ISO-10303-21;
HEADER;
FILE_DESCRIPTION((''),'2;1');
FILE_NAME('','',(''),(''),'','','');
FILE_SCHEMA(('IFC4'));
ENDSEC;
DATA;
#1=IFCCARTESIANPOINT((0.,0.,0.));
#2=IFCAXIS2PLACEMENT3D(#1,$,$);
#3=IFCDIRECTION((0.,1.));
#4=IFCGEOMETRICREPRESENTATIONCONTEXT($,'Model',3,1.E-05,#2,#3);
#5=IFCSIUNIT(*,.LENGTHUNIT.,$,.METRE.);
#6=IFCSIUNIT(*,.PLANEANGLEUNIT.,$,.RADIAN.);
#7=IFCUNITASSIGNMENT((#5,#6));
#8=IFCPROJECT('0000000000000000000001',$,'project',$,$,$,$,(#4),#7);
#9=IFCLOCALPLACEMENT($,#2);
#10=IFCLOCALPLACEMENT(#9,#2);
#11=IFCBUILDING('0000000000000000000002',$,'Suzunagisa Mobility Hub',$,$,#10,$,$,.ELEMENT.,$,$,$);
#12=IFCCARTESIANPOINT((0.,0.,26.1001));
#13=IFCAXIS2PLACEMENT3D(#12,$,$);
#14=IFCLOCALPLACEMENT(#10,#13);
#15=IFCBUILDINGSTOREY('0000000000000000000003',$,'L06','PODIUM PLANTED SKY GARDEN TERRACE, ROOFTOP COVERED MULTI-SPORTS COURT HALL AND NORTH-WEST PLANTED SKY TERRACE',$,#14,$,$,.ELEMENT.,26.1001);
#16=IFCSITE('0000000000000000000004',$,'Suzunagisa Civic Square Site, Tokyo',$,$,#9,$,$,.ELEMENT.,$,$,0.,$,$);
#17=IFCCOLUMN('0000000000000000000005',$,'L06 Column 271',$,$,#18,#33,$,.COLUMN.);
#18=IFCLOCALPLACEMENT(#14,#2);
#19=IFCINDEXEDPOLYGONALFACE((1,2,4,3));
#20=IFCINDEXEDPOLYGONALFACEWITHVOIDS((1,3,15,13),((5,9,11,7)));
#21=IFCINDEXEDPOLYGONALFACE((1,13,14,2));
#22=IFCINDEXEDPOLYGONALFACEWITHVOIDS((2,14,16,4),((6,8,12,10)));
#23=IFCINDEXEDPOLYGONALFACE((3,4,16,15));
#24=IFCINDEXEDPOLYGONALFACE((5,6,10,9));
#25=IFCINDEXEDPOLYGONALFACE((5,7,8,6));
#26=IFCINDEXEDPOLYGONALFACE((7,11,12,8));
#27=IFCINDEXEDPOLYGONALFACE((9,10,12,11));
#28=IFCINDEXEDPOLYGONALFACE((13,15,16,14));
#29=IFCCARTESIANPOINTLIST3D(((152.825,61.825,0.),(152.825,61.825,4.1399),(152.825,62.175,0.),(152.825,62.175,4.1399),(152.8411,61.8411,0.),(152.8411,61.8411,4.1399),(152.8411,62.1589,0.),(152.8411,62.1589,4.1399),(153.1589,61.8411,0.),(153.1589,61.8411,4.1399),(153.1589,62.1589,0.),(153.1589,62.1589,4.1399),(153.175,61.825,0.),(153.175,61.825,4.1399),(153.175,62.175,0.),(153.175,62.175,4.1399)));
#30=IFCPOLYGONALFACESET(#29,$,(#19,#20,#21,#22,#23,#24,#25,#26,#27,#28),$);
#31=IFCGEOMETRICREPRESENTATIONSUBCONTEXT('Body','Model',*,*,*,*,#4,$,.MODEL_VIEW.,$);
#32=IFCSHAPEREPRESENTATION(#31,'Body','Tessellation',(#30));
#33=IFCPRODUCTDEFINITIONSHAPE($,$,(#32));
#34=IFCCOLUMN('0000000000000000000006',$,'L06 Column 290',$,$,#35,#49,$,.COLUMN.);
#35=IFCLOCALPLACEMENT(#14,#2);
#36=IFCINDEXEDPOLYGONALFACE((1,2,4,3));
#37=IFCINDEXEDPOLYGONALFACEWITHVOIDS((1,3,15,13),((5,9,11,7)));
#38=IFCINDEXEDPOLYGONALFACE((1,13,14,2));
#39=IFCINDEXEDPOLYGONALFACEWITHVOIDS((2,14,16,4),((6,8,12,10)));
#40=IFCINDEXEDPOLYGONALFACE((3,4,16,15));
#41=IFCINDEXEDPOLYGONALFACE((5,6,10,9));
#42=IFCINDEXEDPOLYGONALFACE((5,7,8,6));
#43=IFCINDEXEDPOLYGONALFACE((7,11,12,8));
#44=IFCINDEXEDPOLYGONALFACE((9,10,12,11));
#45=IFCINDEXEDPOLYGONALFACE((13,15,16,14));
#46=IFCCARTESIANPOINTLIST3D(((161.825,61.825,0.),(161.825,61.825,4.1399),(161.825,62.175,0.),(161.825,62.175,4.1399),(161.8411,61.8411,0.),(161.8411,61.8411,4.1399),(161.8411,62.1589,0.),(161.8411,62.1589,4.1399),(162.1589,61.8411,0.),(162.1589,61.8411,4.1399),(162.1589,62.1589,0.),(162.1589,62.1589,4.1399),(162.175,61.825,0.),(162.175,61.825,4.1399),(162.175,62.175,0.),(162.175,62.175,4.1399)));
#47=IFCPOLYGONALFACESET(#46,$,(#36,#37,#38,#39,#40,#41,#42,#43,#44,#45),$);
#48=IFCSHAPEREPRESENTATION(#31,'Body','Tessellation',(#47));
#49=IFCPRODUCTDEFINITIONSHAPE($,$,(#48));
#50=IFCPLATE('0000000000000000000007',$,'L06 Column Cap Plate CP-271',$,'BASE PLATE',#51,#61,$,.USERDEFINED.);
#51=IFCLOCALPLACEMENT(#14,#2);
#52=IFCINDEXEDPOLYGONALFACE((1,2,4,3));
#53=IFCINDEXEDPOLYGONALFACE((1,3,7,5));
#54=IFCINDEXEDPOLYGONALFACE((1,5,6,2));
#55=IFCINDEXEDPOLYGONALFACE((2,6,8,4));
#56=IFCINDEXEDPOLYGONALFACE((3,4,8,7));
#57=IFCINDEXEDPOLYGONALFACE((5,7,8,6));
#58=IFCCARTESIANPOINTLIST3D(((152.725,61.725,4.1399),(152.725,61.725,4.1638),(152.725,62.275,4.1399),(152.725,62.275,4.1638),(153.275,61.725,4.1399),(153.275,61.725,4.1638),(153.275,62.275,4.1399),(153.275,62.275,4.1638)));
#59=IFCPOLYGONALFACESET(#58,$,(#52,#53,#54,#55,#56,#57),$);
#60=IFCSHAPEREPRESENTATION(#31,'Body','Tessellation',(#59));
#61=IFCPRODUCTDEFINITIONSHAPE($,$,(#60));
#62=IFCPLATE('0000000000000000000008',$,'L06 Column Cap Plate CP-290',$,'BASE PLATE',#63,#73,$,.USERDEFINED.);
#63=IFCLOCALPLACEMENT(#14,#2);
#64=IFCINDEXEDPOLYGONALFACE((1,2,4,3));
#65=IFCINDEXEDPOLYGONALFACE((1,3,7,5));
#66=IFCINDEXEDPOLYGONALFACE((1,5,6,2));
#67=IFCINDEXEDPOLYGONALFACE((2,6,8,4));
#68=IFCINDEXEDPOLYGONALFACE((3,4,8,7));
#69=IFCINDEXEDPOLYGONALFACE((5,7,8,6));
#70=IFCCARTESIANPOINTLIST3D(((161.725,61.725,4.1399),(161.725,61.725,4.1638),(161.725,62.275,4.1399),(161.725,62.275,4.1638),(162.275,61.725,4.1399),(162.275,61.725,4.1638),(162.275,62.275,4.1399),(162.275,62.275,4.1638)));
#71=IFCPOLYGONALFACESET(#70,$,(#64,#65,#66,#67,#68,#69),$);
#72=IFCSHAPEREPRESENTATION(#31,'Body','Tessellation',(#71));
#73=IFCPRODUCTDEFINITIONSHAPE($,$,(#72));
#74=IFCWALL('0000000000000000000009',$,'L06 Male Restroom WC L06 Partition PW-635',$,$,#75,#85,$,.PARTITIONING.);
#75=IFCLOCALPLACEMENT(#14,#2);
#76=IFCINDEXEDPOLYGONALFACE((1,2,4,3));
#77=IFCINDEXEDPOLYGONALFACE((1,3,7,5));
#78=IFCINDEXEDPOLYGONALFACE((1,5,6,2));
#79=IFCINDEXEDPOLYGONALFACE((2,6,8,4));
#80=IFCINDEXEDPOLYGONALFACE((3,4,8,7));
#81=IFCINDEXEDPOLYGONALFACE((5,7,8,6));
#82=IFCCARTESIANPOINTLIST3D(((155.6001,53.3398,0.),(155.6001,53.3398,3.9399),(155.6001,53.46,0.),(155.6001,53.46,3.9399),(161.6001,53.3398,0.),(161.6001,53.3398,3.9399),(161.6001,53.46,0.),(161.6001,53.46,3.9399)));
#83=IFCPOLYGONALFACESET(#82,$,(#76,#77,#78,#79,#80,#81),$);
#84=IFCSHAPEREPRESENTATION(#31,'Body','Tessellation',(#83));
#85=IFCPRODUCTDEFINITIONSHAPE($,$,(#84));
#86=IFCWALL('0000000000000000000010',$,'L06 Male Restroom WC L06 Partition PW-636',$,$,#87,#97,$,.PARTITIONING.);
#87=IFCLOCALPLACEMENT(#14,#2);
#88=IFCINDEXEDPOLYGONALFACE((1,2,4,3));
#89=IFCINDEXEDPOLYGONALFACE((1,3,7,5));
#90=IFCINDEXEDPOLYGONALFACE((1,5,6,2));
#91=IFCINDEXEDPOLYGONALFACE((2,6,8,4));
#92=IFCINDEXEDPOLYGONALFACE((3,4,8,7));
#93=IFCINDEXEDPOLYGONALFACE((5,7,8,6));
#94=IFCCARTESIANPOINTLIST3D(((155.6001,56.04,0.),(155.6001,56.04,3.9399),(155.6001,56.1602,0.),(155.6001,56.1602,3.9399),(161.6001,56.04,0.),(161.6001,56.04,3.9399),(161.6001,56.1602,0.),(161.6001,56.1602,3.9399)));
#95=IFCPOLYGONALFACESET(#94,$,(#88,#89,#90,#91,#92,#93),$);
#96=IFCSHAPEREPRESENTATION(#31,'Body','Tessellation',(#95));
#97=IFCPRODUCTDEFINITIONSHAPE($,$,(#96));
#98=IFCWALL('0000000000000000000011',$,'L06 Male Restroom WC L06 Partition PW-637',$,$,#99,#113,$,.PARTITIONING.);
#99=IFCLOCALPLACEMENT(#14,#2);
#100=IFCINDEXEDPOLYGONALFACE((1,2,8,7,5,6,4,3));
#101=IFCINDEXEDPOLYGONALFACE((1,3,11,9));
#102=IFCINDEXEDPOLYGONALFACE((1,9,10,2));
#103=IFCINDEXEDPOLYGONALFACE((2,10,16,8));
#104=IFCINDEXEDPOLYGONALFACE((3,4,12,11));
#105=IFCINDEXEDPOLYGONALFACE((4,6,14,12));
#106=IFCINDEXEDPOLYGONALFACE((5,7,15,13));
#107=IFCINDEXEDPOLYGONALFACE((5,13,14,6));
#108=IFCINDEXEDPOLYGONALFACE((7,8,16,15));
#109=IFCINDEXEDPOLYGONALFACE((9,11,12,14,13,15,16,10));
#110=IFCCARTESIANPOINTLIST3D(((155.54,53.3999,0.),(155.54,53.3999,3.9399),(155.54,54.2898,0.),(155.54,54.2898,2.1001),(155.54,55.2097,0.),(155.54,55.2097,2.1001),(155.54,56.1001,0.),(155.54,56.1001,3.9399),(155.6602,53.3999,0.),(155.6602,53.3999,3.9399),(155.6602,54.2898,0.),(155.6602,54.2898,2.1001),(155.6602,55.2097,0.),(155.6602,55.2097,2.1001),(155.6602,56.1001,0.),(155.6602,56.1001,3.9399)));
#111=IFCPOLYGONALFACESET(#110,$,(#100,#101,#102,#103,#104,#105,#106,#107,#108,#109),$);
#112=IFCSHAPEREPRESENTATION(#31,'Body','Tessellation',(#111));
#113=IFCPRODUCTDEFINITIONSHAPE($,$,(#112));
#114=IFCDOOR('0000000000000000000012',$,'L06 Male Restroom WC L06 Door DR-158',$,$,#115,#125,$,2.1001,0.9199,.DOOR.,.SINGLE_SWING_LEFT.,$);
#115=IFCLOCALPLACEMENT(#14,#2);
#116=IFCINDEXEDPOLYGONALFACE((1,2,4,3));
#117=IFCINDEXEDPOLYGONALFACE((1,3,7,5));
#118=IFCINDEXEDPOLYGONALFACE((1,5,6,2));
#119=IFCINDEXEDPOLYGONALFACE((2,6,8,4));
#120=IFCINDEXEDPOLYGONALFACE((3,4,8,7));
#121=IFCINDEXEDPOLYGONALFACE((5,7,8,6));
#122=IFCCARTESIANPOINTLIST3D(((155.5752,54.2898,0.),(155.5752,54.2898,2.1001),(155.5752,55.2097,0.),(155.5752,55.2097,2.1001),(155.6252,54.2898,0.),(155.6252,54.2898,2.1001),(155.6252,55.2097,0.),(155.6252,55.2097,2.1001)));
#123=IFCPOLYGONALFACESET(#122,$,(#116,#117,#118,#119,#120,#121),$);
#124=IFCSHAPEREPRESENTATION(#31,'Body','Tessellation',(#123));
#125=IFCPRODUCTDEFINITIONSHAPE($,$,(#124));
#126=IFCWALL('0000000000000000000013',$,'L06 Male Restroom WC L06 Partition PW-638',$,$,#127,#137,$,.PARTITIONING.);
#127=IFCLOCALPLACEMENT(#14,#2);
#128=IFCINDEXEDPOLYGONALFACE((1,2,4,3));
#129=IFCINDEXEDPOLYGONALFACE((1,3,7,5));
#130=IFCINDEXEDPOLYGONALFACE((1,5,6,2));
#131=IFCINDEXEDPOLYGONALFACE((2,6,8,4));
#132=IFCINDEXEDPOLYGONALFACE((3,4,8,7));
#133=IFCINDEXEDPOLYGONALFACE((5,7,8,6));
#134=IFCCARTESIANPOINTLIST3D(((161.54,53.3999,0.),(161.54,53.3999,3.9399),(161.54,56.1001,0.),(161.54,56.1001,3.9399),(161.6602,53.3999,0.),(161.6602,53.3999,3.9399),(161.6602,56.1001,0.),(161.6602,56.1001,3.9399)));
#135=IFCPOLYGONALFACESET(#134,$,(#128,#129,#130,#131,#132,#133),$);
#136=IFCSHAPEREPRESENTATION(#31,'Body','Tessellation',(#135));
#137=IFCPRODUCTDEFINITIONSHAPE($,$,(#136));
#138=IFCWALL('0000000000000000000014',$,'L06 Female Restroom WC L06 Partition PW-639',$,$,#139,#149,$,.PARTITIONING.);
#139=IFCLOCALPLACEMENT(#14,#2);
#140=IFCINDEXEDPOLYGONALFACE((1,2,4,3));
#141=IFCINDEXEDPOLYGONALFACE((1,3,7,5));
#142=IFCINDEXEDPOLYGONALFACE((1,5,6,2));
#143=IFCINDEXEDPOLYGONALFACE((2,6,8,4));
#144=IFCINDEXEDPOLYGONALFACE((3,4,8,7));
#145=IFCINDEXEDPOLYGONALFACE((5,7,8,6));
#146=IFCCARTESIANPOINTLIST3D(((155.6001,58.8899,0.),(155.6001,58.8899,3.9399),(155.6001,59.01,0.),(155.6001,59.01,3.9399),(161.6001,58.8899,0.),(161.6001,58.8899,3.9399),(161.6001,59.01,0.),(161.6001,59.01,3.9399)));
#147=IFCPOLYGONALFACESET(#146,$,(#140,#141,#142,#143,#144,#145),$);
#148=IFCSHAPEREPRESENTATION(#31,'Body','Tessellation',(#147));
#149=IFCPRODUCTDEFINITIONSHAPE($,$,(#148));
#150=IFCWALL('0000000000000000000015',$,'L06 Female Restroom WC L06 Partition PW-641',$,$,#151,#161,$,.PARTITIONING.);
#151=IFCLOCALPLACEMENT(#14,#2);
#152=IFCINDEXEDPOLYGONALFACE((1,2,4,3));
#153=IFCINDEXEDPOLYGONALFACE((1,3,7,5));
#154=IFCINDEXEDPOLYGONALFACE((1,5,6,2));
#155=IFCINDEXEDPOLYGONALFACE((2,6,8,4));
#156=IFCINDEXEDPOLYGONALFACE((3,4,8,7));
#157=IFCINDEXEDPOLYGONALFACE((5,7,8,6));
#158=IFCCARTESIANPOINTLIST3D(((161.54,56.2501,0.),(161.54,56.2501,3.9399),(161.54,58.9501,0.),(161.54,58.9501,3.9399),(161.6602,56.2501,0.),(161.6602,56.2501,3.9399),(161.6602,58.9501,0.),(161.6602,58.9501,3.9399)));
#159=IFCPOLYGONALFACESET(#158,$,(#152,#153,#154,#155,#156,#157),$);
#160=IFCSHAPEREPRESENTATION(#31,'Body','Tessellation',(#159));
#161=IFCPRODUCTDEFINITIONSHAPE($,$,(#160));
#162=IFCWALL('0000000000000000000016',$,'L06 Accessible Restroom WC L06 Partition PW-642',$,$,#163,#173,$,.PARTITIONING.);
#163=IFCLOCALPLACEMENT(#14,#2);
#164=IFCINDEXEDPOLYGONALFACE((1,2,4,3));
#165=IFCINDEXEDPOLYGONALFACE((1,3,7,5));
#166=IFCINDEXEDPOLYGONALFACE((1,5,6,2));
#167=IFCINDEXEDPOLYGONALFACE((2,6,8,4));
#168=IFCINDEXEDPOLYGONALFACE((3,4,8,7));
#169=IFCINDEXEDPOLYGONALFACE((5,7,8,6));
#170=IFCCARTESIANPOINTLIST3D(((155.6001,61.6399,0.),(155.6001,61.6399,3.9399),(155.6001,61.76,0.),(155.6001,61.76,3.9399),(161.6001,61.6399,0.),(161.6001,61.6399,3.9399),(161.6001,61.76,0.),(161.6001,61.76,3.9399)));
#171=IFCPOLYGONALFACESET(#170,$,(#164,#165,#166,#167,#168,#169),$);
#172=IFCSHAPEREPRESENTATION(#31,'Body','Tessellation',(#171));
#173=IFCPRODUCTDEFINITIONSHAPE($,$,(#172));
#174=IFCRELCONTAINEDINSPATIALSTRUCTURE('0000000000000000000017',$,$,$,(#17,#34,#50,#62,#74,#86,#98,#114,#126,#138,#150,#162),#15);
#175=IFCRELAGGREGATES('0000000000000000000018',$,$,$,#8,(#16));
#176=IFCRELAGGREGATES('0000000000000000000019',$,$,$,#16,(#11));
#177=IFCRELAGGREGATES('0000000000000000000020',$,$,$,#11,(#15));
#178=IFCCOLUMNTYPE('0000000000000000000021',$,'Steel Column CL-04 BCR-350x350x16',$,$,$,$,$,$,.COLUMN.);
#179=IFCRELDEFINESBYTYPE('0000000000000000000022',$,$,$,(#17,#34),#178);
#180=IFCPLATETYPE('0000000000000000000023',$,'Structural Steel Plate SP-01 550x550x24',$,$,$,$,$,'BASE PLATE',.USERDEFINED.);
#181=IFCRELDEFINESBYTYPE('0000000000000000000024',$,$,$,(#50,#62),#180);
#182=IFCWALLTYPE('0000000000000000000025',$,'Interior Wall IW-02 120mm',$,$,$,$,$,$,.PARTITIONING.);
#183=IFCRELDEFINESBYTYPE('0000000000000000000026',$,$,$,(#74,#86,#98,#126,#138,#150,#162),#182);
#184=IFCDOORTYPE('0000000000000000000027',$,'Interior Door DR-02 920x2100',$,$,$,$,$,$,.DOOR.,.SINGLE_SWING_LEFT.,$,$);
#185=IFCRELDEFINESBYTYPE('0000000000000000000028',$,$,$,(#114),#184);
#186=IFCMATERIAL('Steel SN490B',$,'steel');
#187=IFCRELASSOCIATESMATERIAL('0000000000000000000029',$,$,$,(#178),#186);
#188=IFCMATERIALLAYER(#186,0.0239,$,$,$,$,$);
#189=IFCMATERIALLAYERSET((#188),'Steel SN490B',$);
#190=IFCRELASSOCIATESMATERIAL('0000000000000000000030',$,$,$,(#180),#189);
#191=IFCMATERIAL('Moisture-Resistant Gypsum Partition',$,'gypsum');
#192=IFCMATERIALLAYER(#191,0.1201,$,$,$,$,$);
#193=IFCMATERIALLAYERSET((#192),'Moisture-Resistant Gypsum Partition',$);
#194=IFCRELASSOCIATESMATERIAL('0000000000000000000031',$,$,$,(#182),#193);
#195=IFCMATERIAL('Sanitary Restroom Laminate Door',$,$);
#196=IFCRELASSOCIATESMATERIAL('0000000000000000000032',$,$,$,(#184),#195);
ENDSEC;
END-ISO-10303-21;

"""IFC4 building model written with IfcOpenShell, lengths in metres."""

from ifc_helpers import new_model, si_unit, direction, frame, frame_2d, origin, origin_2d, place, context, subcontext, project, spatial, rectangle, hollow_rectangle, extrude, material, layer, layer_set, material_profile, profile_set, type_object, element, fill, save


model = new_model("IFC4")

# Units and contexts
model_context = context("Model", 3, precision=1e-05, world=origin(), true_north=direction((0.0, 1.0)))
body_context = subcontext(model_context, "Body", "Model", "MODEL_VIEW")
ifc_project = project(units=[si_unit("LENGTHUNIT", "METRE"), si_unit("PLANEANGLEUNIT", "RADIAN")], contexts=[model_context])

# Site, building, storey
site_placement = place(None, origin())
site = spatial("IfcSite", under=ifc_project, at=site_placement, Name="Suzunagisa Civic Square Site, Tokyo", CompositionType="ELEMENT", RefElevation=0.0)
building_placement = place(site_placement, origin())
building = spatial("IfcBuilding", under=site, at=building_placement, Name="Suzunagisa Mobility Hub", CompositionType="ELEMENT")
storey_placement = place(building_placement, frame((0.0, 0.0, 26.1001)))
storey = spatial("IfcBuildingStorey", under=building, at=storey_placement, Name="L06", Description="PODIUM PLANTED SKY GARDEN TERRACE, ROOFTOP COVERED MULTI-SPORTS COURT HALL AND NORTH-WEST PLANTED SKY TERRACE", CompositionType="ELEMENT", Elevation=26.1001)

# Columns
ifc_material_1 = material(Name="Steel SN490B", Category="steel")
ifc_material_profile = material_profile(ifc_material_1, hollow_rectangle(XDim=0.3501, YDim=0.3501, WallThickness=0.0161, at=origin_2d()), Name="BCR-350x350x16")
ifc_profile_set = profile_set([ifc_material_profile], Name="Steel SN490B")
column_type = type_object("IfcColumnType", Name="Steel Column CL-04 BCR-350x350x16", PredefinedType="COLUMN", material=ifc_profile_set)
for number, where, z_axis, x_axis, name in (
    (1, (153.0, 62.0, 0.0), (0.0, 0.0, 1.0), (1.0, 0.0, 0.0), "L06 Column 271"),
    (2, (162.0, 62.0, 0.0), (0.0, 0.0, 1.0), (1.0, 0.0, 0.0), "L06 Column 290"),
):
    element("IfcColumn", number, at=place(storey_placement, frame(where, z_axis=z_axis, x_axis=x_axis)), inside=storey, type_object=column_type, Name=name, PredefinedType="COLUMN", context=body_context, shape_type="SweptSolid", body=[
        extrude(hollow_rectangle(XDim=0.3501, YDim=0.3501, WallThickness=0.0161, at=origin_2d()), origin(), (0.0, 0.0, 1.0), 4.1399),
    ])

# Plates
ifc_layer_1 = layer(ifc_material_1, 0.0239)
ifc_layer_set_1 = layer_set([ifc_layer_1], Name="Steel SN490B")
plate_type = type_object("IfcPlateType", Name="Structural Steel Plate SP-01 550x550x24", ElementType="BASE PLATE", PredefinedType="USERDEFINED", material=ifc_layer_set_1)
for number, where, z_axis, x_axis, name in (
    (3, (153.0, 62.0, 4.1399), (0.0, 0.0, 1.0), (1.0, 0.0, 0.0), "L06 Column Cap Plate CP-271"),
    (4, (162.0, 62.0, 4.1399), (0.0, 0.0, 1.0), (1.0, 0.0, 0.0), "L06 Column Cap Plate CP-290"),
):
    element("IfcPlate", number, at=place(storey_placement, frame(where, z_axis=z_axis, x_axis=x_axis)), inside=storey, type_object=plate_type, Name=name, ObjectType="BASE PLATE", PredefinedType="USERDEFINED", context=body_context, shape_type="SweptSolid", body=[
        extrude(rectangle(XDim=0.55, YDim=0.55, at=origin_2d()), origin(), (0.0, 0.0, 1.0), 0.0239),
    ])

# Walls
ifc_material_2 = material(Name="Moisture-Resistant Gypsum Partition", Category="gypsum")
ifc_layer_2 = layer(ifc_material_2, 0.1201)
ifc_layer_set_2 = layer_set([ifc_layer_2], Name="Moisture-Resistant Gypsum Partition")
wall_type_1 = type_object("IfcWallType", Name="Interior Wall IW-02 120mm", PredefinedType="PARTITIONING", material=ifc_layer_set_2)
for number, where, z_axis, x_axis, name in (
    (5, (155.6001, 53.3999, 0.0), (0.0, 0.0, 1.0), (1.0, 0.0, 0.0), "L06 Male Restroom WC L06 Partition PW-635"),
    (6, (155.6001, 56.1001, 0.0), (0.0, 0.0, 1.0), (1.0, 0.0, 0.0), "L06 Male Restroom WC L06 Partition PW-636"),
):
    element("IfcWall", number, at=place(storey_placement, frame(where, z_axis=z_axis, x_axis=x_axis)), inside=storey, type_object=wall_type_1, Name=name, PredefinedType="PARTITIONING", context=body_context, shape_type="SweptSolid", body=[
        extrude(rectangle(XDim=6.0, YDim=0.1201, at=frame_2d((3.0, 0.0))), origin(), (0.0, 0.0, 1.0), 3.9399),
    ])

# Wall, opening, door
wall_1_placement = place(storey_placement, frame((155.6001, 53.3999, 0.0), z_axis=(0.0, 0.0, 1.0), x_axis=(0.0, 1.0, 0.0)))
wall_1 = element("IfcWall", 7, at=wall_1_placement, inside=storey, type_object=wall_type_1, Name="L06 Male Restroom WC L06 Partition PW-637", PredefinedType="PARTITIONING", context=body_context, shape_type="SweptSolid", body=[
    extrude(rectangle(XDim=2.7002, YDim=0.1201, at=frame_2d((1.3501, 0.0))), origin(), (0.0, 0.0, 1.0), 3.9399),
])
opening_1_placement = place(wall_1_placement, frame((0.8899, 0.0, 0.0)))
opening_1 = element("IfcOpeningElement", 8, at=opening_1_placement, cuts=wall_1, PredefinedType="OPENING", context=body_context, shape_type="SweptSolid", body=[
    extrude(rectangle(XDim=0.9199, YDim=2.1001, at=frame_2d((0.46, 1.05))), frame((0.0, 0.071, 0.0), z_axis=(0.0, -1.0, 0.0), x_axis=(1.0, 0.0, 0.0)), (0.0, 0.0, 1.0), 0.1421),
])
ifc_material_3 = material(Name="Sanitary Restroom Laminate Door")
door_type_1 = type_object("IfcDoorType", Name="Interior Door DR-02 920x2100", OperationType="SINGLE_SWING_LEFT", PredefinedType="DOOR", material=ifc_material_3)
door_1_placement = place(opening_1_placement, origin())
door_1 = element("IfcDoor", 9, at=door_1_placement, inside=storey, type_object=door_type_1, Name="L06 Male Restroom WC L06 Door DR-158", OperationType="SINGLE_SWING_LEFT", OverallHeight=2.1001, OverallWidth=0.9199, PredefinedType="DOOR", context=body_context, shape_type="SweptSolid", body=[
    extrude(rectangle(XDim=0.9199, YDim=2.1001, at=frame_2d((0.46, 1.05))), frame((0.0, 0.0249, 0.0), z_axis=(0.0, -1.0, 0.0), x_axis=(1.0, 0.0, 0.0)), (0.0, 0.0, 1.0), 0.05),
])
fill(opening_1, door_1)

# Walls
wall_2_placement = place(storey_placement, frame((161.6001, 53.3999, 0.0), z_axis=(0.0, 0.0, 1.0), x_axis=(0.0, 1.0, 0.0)))
element("IfcWall", 10, at=wall_2_placement, inside=storey, type_object=wall_type_1, Name="L06 Male Restroom WC L06 Partition PW-638", PredefinedType="PARTITIONING", context=body_context, shape_type="SweptSolid", body=[
    extrude(rectangle(XDim=2.7002, YDim=0.1201, at=frame_2d((1.3501, 0.0))), origin(), (0.0, 0.0, 1.0), 3.9399),
])
wall_3_placement = place(storey_placement, frame((155.6001, 58.95, 0.0), z_axis=(0.0, 0.0, 1.0), x_axis=(1.0, 0.0, 0.0)))
element("IfcWall", 11, at=wall_3_placement, inside=storey, type_object=wall_type_1, Name="L06 Female Restroom WC L06 Partition PW-639", PredefinedType="PARTITIONING", context=body_context, shape_type="SweptSolid", body=[
    extrude(rectangle(XDim=6.0, YDim=0.1201, at=frame_2d((3.0, 0.0))), origin(), (0.0, 0.0, 1.0), 3.9399),
])

# Walls
wall_4_placement = place(storey_placement, frame((161.6001, 56.25, 0.0), z_axis=(0.0, 0.0, 1.0), x_axis=(0.0, 1.0, 0.0)))
element("IfcWall", 12, at=wall_4_placement, inside=storey, type_object=wall_type_1, Name="L06 Female Restroom WC L06 Partition PW-641", PredefinedType="PARTITIONING", context=body_context, shape_type="SweptSolid", body=[
    extrude(rectangle(XDim=2.7, YDim=0.1201, at=frame_2d((1.3501, 0.0))), origin(), (0.0, 0.0, 1.0), 3.9399),
])
wall_5_placement = place(storey_placement, frame((155.6001, 61.7, 0.0), z_axis=(0.0, 0.0, 1.0), x_axis=(1.0, 0.0, 0.0)))
element("IfcWall", 13, at=wall_5_placement, inside=storey, type_object=wall_type_1, Name="L06 Accessible Restroom WC L06 Partition PW-642", PredefinedType="PARTITIONING", context=body_context, shape_type="SweptSolid", body=[
    extrude(rectangle(XDim=6.0, YDim=0.1201, at=frame_2d((3.0, 0.0))), origin(), (0.0, 0.0, 1.0), 3.9399),
])

save(model, "model.ifc")
